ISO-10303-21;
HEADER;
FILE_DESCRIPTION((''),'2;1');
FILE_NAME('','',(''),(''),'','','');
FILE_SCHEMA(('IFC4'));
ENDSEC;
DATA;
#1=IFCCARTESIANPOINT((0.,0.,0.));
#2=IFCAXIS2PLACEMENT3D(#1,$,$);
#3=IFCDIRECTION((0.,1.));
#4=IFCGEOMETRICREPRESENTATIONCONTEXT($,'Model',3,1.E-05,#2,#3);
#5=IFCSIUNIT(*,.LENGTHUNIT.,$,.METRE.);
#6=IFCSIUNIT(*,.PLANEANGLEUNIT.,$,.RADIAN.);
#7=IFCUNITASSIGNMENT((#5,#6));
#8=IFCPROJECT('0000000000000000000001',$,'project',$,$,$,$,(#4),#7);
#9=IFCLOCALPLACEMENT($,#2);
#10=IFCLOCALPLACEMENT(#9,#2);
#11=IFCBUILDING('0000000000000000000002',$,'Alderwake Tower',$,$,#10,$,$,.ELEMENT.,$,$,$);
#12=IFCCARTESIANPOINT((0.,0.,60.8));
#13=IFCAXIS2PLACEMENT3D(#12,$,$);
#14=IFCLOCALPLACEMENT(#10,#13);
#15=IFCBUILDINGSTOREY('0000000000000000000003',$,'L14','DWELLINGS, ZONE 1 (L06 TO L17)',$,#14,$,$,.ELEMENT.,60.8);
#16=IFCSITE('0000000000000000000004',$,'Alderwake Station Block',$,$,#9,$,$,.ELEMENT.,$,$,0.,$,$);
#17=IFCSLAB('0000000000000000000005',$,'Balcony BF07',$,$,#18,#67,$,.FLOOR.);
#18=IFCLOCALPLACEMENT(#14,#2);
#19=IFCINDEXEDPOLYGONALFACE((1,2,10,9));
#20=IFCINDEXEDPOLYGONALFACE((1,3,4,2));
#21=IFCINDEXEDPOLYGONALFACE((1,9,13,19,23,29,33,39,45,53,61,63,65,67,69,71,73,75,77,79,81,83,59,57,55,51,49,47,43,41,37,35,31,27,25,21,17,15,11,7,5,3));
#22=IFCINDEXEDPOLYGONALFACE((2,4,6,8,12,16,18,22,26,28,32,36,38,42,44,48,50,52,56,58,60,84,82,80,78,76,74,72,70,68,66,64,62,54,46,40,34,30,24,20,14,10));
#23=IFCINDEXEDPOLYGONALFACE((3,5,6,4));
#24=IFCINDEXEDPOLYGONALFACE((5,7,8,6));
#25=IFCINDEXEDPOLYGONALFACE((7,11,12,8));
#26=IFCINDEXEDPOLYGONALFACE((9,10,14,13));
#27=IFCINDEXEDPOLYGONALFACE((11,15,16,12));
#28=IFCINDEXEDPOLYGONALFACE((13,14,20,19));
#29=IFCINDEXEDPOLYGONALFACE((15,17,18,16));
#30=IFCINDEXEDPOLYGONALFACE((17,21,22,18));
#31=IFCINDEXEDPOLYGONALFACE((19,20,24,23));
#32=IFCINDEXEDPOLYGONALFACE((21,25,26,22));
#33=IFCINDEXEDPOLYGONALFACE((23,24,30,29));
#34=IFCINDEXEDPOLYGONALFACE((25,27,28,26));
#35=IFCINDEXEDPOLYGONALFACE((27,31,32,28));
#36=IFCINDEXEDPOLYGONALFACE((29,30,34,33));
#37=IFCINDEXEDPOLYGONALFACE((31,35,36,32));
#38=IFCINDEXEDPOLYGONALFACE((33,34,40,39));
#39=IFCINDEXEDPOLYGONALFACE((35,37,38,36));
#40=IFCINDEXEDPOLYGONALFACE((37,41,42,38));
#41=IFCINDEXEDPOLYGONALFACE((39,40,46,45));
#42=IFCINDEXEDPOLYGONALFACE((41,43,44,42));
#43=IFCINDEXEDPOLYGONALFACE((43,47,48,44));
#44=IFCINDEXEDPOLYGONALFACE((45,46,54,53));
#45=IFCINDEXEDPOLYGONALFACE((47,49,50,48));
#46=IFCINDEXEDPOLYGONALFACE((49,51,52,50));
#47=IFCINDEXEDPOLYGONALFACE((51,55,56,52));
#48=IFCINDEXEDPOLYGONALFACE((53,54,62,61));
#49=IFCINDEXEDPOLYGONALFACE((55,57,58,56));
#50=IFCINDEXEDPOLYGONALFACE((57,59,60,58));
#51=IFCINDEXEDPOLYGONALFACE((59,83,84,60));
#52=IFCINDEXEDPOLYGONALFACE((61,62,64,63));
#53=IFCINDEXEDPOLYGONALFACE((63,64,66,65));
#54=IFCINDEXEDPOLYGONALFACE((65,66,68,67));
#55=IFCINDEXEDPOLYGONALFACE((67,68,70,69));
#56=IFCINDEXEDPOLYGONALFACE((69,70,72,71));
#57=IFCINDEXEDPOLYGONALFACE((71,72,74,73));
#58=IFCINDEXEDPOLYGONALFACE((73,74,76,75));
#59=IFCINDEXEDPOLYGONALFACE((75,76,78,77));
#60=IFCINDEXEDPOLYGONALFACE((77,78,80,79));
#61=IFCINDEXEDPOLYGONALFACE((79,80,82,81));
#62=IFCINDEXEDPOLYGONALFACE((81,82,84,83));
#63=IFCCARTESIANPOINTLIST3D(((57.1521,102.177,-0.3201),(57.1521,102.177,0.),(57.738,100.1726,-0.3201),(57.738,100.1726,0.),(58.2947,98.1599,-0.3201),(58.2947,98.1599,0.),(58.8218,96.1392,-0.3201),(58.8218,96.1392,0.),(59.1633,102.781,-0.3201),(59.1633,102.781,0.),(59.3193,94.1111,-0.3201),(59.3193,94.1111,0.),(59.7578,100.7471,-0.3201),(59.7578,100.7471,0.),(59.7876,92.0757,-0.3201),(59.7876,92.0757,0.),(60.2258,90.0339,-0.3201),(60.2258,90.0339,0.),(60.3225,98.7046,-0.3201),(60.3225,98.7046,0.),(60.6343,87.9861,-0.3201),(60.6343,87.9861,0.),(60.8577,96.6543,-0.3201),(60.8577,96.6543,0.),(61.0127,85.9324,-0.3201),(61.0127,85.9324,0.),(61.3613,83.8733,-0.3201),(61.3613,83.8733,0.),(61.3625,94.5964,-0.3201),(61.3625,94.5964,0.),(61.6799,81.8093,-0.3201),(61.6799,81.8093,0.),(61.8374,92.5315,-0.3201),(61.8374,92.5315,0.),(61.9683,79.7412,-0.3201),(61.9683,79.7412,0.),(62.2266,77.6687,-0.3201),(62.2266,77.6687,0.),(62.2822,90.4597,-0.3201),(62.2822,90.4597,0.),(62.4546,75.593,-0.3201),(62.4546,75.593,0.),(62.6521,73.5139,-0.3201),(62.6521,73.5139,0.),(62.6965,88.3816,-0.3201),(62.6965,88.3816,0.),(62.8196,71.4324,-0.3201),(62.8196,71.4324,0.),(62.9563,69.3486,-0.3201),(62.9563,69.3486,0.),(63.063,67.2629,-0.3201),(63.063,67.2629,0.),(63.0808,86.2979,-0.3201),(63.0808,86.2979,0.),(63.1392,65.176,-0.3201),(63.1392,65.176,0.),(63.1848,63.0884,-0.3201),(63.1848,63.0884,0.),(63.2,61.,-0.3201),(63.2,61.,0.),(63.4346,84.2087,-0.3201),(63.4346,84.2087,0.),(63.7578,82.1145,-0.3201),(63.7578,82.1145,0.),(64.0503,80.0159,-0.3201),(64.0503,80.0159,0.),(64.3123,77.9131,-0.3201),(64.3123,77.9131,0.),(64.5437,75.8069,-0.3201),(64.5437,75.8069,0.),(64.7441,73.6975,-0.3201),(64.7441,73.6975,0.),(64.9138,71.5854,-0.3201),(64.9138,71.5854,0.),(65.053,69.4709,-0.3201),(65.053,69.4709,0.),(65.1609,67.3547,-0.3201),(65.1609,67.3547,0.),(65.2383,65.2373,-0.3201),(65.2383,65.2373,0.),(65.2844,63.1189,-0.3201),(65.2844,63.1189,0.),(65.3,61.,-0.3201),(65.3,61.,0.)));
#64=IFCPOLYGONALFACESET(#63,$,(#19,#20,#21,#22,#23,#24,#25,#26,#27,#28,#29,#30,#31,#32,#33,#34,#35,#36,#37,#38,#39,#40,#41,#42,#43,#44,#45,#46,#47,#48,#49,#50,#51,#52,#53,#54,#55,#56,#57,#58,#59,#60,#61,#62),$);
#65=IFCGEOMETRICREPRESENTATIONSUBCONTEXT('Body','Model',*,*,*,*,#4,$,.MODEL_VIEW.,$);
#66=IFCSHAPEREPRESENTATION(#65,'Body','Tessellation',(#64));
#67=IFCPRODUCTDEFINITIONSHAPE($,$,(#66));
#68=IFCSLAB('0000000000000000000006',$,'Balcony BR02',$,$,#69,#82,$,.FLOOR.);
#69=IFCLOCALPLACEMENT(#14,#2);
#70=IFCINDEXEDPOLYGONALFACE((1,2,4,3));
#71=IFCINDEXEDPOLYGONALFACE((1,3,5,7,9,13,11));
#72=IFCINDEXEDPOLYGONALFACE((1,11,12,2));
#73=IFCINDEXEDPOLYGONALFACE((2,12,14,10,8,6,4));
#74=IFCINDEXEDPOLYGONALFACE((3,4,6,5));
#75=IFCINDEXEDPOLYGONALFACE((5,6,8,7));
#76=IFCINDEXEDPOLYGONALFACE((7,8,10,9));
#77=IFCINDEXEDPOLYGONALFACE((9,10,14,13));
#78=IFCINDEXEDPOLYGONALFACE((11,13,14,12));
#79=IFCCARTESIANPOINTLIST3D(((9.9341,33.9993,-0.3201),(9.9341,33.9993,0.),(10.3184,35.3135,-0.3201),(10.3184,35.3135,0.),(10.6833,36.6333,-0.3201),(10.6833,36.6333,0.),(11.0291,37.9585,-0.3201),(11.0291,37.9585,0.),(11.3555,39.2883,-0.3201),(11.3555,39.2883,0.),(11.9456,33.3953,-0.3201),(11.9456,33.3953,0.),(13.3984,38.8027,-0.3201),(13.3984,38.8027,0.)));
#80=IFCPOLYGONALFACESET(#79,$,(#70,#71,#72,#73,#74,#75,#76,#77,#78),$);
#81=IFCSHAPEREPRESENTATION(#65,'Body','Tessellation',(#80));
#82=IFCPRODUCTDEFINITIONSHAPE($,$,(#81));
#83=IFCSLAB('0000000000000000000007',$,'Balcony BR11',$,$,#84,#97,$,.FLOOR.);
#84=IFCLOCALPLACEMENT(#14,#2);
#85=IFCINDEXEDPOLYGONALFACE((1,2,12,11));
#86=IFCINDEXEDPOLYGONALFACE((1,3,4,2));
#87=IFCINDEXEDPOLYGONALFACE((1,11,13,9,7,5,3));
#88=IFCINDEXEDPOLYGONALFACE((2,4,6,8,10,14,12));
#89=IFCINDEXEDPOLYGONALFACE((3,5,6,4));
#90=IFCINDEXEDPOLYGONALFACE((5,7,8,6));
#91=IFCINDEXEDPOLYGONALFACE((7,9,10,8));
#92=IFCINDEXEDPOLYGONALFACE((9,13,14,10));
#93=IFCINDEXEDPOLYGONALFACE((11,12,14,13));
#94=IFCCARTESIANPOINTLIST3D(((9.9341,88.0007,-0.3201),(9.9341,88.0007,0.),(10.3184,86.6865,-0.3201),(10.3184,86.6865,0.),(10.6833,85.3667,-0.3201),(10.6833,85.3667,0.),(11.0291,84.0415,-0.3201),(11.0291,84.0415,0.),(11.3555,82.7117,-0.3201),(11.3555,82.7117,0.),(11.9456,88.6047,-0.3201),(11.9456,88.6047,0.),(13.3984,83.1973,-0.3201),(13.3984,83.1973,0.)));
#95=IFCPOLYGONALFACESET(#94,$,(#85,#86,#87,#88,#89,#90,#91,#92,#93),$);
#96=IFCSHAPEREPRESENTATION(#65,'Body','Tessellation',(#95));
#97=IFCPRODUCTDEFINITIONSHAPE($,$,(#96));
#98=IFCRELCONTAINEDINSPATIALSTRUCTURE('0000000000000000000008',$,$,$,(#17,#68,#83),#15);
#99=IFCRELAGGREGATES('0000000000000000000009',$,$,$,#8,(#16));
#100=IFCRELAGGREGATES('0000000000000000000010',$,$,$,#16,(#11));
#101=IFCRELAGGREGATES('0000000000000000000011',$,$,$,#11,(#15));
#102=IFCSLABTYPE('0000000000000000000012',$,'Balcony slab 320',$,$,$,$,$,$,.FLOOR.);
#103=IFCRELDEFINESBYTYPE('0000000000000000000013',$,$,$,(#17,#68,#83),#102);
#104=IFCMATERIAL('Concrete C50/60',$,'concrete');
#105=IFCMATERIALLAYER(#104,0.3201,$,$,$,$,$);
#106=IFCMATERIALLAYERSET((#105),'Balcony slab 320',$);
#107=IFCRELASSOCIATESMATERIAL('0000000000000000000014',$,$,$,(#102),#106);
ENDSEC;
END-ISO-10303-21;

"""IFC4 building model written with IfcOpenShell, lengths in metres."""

from ifc_helpers import new_model, si_unit, direction, frame, origin, place, context, subcontext, project, spatial, polyline, outline, extrude, material, layer, layer_set, type_object, element, save


model = new_model("IFC4")

# Units and contexts
model_context = context("Model", 3, precision=1e-05, world=origin(), true_north=direction((0.0, 1.0)))
body_context = subcontext(model_context, "Body", "Model", "MODEL_VIEW")
ifc_project = project(units=[si_unit("LENGTHUNIT", "METRE"), si_unit("PLANEANGLEUNIT", "RADIAN")], contexts=[model_context])

# Site, building, storey
site_placement = place(None, origin())
site = spatial("IfcSite", under=ifc_project, at=site_placement, Name="Alderwake Station Block", CompositionType="ELEMENT", RefElevation=0.0)
building_placement = place(site_placement, origin())
building = spatial("IfcBuilding", under=site, at=building_placement, Name="Alderwake Tower", CompositionType="ELEMENT")
storey_placement = place(building_placement, frame((0.0, 0.0, 60.8)))
storey = spatial("IfcBuildingStorey", under=building, at=storey_placement, Name="L14", Description="DWELLINGS, ZONE 1 (L06 TO L17)", CompositionType="ELEMENT", Elevation=60.8)

# Slabs
ifc_material_1 = material(Name="Concrete C50/60", Category="concrete")
ifc_layer_1 = layer(ifc_material_1, 0.3201)
ifc_layer_set_1 = layer_set([ifc_layer_1], Name="Balcony slab 320")
slab_type_1 = type_object("IfcSlabType", Name="Balcony slab 320", PredefinedType="FLOOR", material=ifc_layer_set_1)
slab_1_placement = place(storey_placement, frame((0.0, 0.0, -0.3201)))
element("IfcSlab", 1, at=slab_1_placement, inside=storey, type_object=slab_type_1, Name="Balcony BF07", PredefinedType="FLOOR", context=body_context, shape_type="SweptSolid", body=[
    extrude(outline(polyline([(65.2844, 63.1189), (65.2383, 65.2373), (65.1609, 67.3547), (65.053, 69.4709), (64.9138, 71.5854), (64.7441, 73.6975), (64.5437, 75.8069), (64.3123, 77.9131), (64.0503, 80.0159), (63.7578, 82.1145), (63.4346, 84.2087), (63.0808, 86.2979), (62.6965, 88.3816), (62.2822, 90.4597), (61.8374, 92.5315), (61.3625, 94.5964), (60.8577, 96.6543), (60.3225, 98.7046), (59.7578, 100.7471), (59.1633, 102.781), (57.1521, 102.177), (57.738, 100.1726), (58.2947, 98.1599), (58.8218, 96.1392), (59.3193, 94.1111), (59.7876, 92.0757), (60.2258, 90.0339), (60.6343, 87.9861), (61.0127, 85.9324), (61.3613, 83.8733), (61.6799, 81.8093), (61.9683, 79.7412), (62.2266, 77.6687), (62.4546, 75.593), (62.6521, 73.5139), (62.8196, 71.4324), (62.9563, 69.3486), (63.063, 67.2629), (63.1392, 65.176), (63.1848, 63.0884), (63.2, 61.0), (65.3, 61.0), (65.2844, 63.1189)])), origin(), (0.0, 0.0, 1.0), 0.3201),
])
slab_2_placement = place(storey_placement, frame((0.0, 0.0, -0.3201)))
element("IfcSlab", 2, at=slab_2_placement, inside=storey, type_object=slab_type_1, Name="Balcony BR02", PredefinedType="FLOOR", context=body_context, shape_type="SweptSolid", body=[
    extrude(outline(polyline([(9.9341, 33.9993), (11.9456, 33.3953), (13.3984, 38.8027), (11.3555, 39.2883), (11.0291, 37.9585), (10.6833, 36.6333), (10.3184, 35.3135), (9.9341, 33.9993)])), origin(), (0.0, 0.0, 1.0), 0.3201),
])
slab_3_placement = place(storey_placement, frame((0.0, 0.0, -0.3201)))
element("IfcSlab", 3, at=slab_3_placement, inside=storey, type_object=slab_type_1, Name="Balcony BR11", PredefinedType="FLOOR", context=body_context, shape_type="SweptSolid", body=[
    extrude(outline(polyline([(11.3555, 82.7117), (13.3984, 83.1973), (11.9456, 88.6047), (9.9341, 88.0007), (10.3184, 86.6865), (10.6833, 85.3667), (11.0291, 84.0415), (11.3555, 82.7117)])), origin(), (0.0, 0.0, 1.0), 0.3201),
])

save(model, "model.ifc")
